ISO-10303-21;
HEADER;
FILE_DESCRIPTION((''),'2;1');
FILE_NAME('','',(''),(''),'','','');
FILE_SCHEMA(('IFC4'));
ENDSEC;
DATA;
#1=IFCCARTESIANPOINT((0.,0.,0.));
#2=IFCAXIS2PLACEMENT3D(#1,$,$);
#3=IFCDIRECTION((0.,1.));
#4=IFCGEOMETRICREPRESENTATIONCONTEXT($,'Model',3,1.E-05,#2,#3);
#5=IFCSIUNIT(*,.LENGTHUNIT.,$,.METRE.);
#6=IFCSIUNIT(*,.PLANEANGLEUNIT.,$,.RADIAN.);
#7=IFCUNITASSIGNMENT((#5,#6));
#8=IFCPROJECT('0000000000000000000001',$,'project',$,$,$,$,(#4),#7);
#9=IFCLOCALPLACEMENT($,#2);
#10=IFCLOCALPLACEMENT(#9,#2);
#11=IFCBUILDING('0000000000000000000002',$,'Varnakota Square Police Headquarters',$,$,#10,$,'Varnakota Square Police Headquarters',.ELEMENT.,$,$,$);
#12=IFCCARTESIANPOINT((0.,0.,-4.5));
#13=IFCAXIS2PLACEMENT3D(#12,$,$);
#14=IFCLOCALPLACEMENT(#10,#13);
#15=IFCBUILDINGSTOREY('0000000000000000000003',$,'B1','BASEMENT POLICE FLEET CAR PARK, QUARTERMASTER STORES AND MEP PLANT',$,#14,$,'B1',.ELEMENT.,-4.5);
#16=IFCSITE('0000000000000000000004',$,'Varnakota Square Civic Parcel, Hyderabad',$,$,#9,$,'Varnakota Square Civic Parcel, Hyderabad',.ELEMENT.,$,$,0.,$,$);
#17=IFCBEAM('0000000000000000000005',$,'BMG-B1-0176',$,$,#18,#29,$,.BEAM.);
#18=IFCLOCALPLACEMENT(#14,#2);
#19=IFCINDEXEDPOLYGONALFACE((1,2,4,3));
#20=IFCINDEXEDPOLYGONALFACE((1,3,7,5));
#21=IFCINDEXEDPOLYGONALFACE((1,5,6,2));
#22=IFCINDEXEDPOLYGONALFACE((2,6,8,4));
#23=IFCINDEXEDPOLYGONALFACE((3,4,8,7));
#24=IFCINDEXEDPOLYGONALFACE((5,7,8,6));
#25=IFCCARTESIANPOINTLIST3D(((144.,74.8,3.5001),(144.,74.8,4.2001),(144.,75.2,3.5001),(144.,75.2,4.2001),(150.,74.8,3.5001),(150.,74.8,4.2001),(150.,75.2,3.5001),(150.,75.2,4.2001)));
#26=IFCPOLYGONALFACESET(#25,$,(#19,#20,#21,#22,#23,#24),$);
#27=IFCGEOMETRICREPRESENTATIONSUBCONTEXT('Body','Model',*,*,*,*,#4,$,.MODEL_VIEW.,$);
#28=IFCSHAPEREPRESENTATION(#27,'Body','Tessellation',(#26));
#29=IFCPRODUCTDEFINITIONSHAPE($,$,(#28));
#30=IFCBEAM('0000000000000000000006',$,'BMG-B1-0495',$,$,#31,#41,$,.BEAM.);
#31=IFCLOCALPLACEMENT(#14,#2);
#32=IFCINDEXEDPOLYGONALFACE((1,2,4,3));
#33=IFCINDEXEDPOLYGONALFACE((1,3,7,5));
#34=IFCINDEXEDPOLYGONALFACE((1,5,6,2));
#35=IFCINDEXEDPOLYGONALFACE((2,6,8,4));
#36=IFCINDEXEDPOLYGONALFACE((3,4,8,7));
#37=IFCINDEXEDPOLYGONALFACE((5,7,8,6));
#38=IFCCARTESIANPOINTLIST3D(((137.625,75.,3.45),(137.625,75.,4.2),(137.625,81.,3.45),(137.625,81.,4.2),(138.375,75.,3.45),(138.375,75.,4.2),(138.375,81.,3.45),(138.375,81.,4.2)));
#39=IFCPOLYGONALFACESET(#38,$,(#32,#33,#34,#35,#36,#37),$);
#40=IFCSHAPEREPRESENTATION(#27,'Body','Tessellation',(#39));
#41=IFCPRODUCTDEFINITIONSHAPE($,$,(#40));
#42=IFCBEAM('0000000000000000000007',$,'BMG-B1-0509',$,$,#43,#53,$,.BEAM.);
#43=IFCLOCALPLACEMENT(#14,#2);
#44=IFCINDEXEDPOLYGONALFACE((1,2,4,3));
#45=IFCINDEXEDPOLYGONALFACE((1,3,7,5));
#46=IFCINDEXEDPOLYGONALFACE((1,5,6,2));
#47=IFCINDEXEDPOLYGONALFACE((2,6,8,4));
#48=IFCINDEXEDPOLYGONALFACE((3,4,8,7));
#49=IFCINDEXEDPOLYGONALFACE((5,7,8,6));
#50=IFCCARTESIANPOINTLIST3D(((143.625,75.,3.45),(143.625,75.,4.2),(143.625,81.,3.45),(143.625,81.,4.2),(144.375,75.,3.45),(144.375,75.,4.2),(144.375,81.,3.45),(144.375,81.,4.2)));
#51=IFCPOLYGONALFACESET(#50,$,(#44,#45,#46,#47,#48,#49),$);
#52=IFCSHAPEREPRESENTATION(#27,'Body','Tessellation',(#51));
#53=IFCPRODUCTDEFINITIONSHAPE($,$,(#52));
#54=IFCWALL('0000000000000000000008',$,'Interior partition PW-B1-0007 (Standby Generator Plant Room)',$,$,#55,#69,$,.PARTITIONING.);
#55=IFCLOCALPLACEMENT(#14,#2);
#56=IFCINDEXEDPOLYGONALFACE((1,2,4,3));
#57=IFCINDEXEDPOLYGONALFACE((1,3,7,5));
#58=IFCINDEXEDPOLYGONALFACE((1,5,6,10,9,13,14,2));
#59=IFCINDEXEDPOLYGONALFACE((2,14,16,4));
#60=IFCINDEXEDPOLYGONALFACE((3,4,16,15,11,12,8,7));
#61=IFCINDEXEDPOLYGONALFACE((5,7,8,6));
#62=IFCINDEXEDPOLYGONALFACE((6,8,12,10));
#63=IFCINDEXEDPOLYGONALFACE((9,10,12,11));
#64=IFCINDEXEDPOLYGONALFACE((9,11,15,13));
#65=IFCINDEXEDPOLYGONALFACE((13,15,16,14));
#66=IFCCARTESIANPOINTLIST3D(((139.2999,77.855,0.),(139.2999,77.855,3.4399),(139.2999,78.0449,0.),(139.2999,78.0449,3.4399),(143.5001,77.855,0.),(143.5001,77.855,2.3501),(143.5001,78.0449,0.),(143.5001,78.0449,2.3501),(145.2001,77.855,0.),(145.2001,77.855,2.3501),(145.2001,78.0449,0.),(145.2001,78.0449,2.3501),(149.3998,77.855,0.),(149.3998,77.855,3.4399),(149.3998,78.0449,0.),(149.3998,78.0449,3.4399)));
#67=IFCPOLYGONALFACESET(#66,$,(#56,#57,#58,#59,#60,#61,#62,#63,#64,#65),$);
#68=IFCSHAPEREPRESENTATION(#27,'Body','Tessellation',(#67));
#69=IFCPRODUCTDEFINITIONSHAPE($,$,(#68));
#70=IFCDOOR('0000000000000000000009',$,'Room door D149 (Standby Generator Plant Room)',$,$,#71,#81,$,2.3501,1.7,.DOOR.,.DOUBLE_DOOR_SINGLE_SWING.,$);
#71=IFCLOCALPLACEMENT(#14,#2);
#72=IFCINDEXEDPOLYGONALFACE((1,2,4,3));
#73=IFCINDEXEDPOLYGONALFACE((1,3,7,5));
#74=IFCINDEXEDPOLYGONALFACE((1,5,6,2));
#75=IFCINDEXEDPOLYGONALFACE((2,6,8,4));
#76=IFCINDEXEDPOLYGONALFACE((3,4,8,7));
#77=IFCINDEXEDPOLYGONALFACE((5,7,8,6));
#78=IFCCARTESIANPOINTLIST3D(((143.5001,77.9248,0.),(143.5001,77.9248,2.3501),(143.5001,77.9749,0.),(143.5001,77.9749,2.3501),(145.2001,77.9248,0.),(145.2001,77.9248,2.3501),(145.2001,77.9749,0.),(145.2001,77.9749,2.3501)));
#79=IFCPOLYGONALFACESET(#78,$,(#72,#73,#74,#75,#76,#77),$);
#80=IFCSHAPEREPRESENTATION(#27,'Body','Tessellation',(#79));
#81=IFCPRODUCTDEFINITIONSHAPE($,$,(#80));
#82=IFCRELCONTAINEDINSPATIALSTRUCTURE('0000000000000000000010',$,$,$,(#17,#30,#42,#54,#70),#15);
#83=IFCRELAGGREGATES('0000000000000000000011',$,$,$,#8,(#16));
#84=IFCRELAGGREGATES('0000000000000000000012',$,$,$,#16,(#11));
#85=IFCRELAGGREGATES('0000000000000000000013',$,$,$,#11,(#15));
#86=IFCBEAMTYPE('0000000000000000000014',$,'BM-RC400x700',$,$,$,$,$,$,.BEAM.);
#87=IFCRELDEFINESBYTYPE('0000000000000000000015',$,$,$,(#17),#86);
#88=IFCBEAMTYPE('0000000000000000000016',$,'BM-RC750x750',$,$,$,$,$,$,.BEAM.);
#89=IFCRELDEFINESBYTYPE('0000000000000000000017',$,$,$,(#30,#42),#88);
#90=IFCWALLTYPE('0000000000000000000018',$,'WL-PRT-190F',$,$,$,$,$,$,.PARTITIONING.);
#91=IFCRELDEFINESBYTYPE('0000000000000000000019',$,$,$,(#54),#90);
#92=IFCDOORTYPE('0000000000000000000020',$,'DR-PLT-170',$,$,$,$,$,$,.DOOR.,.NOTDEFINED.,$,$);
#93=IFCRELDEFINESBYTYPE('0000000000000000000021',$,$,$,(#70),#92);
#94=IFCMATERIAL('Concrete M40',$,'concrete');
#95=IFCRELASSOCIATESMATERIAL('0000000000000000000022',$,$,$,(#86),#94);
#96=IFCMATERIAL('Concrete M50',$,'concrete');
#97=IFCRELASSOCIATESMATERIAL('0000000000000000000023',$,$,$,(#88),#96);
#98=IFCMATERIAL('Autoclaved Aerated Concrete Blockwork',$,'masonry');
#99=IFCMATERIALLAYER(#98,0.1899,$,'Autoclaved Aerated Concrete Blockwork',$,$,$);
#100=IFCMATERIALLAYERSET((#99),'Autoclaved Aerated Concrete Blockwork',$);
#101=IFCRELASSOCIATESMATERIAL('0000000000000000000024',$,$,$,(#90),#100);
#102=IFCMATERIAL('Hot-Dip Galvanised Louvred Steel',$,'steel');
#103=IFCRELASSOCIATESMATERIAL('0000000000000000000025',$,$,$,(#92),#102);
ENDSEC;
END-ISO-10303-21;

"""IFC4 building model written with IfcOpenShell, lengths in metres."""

from ifc_helpers import new_model, si_unit, direction, frame, frame_2d, origin, origin_2d, place, context, subcontext, project, spatial, rectangle, extrude, material, layer, layer_set, material_profile, profile_set, type_object, element, fill, save


model = new_model("IFC4")

# Units and contexts
model_context = context("Model", 3, precision=1e-05, world=origin(), true_north=direction((0.0, 1.0)))
body_context = subcontext(model_context, "Body", "Model", "MODEL_VIEW")
ifc_project = project(units=[si_unit("LENGTHUNIT", "METRE"), si_unit("PLANEANGLEUNIT", "RADIAN")], contexts=[model_context])

# Site, building, storey
site_placement = place(None, origin())
site = spatial("IfcSite", under=ifc_project, at=site_placement, Name="Varnakota Square Civic Parcel, Hyderabad", LongName="Varnakota Square Civic Parcel, Hyderabad", CompositionType="ELEMENT", RefElevation=0.0)
building_placement = place(site_placement, origin())
building = spatial("IfcBuilding", under=site, at=building_placement, Name="Varnakota Square Police Headquarters", LongName="Varnakota Square Police Headquarters", CompositionType="ELEMENT")
storey_placement = place(building_placement, frame((0.0, 0.0, -4.5)))
storey = spatial("IfcBuildingStorey", under=building, at=storey_placement, Name="B1", Description="BASEMENT POLICE FLEET CAR PARK, QUARTERMASTER STORES AND MEP PLANT", LongName="B1", CompositionType="ELEMENT", Elevation=-4.5)

# Shared definitions
ifc_material_1 = material(Name="Concrete M40", Category="concrete")

# Shared definitions
ifc_material_2 = material(Name="Concrete M50", Category="concrete")

# Beams
ifc_material_profile_1 = material_profile(ifc_material_1, rectangle(XDim=0.3999, YDim=0.7, at=origin_2d()), Name="RC 400x700")
ifc_profile_set_1 = profile_set([ifc_material_profile_1], Name="Concrete M40")
beam_type_1 = type_object("IfcBeamType", Name="BM-RC400x700", PredefinedType="BEAM", material=ifc_profile_set_1)
for number, where, z_axis, x_axis, name in (
    (1, (144.0, 75.0, 3.8501), (1.0, 0.0, 0.0), (0.0, 1.0, 0.0), "BMG-B1-0176"),
):
    element("IfcBeam", number, at=place(storey_placement, frame(where, z_axis=z_axis, x_axis=x_axis)), inside=storey, type_object=beam_type_1, Name=name, PredefinedType="BEAM", context=body_context, shape_type="SweptSolid", body=[
        extrude(rectangle(XDim=0.3999, YDim=0.7, at=origin_2d()), origin(), (0.0, 0.0, 1.0), 6.0),
    ])
ifc_material_profile_2 = material_profile(ifc_material_2, rectangle(XDim=0.75, YDim=0.75, at=origin_2d()), Name="RC 750x750")
ifc_profile_set_2 = profile_set([ifc_material_profile_2], Name="Concrete M50")
beam_type_2 = type_object("IfcBeamType", Name="BM-RC750x750", PredefinedType="BEAM", material=ifc_profile_set_2)
for number, where, z_axis, x_axis, name in (
    (2, (138.0, 75.0, 3.825), (0.0, 1.0, 0.0), (-1.0, 0.0, 0.0), "BMG-B1-0495"),
    (3, (144.0, 75.0, 3.825), (0.0, 1.0, 0.0), (-1.0, 0.0, 0.0), "BMG-B1-0509"),
):
    element("IfcBeam", number, at=place(storey_placement, frame(where, z_axis=z_axis, x_axis=x_axis)), inside=storey, type_object=beam_type_2, Name=name, PredefinedType="BEAM", context=body_context, shape_type="SweptSolid", body=[
        extrude(rectangle(XDim=0.75, YDim=0.75, at=origin_2d()), origin(), (0.0, 0.0, 1.0), 6.0),
    ])

# Wall, opening, door
ifc_material_3 = material(Name="Autoclaved Aerated Concrete Blockwork", Category="masonry")
ifc_layer = layer(ifc_material_3, 0.1899, Name="Autoclaved Aerated Concrete Blockwork")
ifc_layer_set = layer_set([ifc_layer], Name="Autoclaved Aerated Concrete Blockwork")
wall_type = type_object("IfcWallType", Name="WL-PRT-190F", PredefinedType="PARTITIONING", material=ifc_layer_set)
wall_placement = place(storey_placement, frame((139.3, 77.95, 0.0), z_axis=(0.0, 0.0, 1.0), x_axis=(1.0, 0.0, 0.0)))
wall = element("IfcWall", 4, at=wall_placement, inside=storey, type_object=wall_type, Name="Interior partition PW-B1-0007 (Standby Generator Plant Room)", PredefinedType="PARTITIONING", context=body_context, shape_type="SweptSolid", body=[
    extrude(rectangle(XDim=10.0999, YDim=0.1899, at=frame_2d((5.0498, 0.0))), origin(), (0.0, 0.0, 1.0), 3.4399),
])
opening_placement = place(wall_placement, frame((4.2, 0.0, 0.0)))
opening = element("IfcOpeningElement", 5, at=opening_placement, cuts=wall, PredefinedType="OPENING", context=body_context, shape_type="SweptSolid", body=[
    extrude(rectangle(XDim=1.7, YDim=2.3501, at=frame_2d((0.8501, 1.175))), frame((0.0, 0.105, 0.0), z_axis=(0.0, -1.0, 0.0), x_axis=(1.0, 0.0, 0.0)), (0.0, 0.0, 1.0), 0.21),
])
ifc_material_4 = material(Name="Hot-Dip Galvanised Louvred Steel", Category="steel")
door_type = type_object("IfcDoorType", Name="DR-PLT-170", OperationType="NOTDEFINED", PredefinedType="DOOR", material=ifc_material_4)
door_placement = place(opening_placement, origin())
door = element("IfcDoor", 6, at=door_placement, inside=storey, type_object=door_type, Name="Room door D149 (Standby Generator Plant Room)", OperationType="DOUBLE_DOOR_SINGLE_SWING", OverallHeight=2.3501, OverallWidth=1.7, PredefinedType="DOOR", context=body_context, shape_type="SweptSolid", body=[
    extrude(rectangle(XDim=1.7, YDim=2.3501, at=frame_2d((0.8501, 1.175))), frame((0.0, 0.0249, 0.0), z_axis=(0.0, -1.0, 0.0), x_axis=(1.0, 0.0, 0.0)), (0.0, 0.0, 1.0), 0.05),
])
fill(opening, door)

save(model, "model.ifc")
